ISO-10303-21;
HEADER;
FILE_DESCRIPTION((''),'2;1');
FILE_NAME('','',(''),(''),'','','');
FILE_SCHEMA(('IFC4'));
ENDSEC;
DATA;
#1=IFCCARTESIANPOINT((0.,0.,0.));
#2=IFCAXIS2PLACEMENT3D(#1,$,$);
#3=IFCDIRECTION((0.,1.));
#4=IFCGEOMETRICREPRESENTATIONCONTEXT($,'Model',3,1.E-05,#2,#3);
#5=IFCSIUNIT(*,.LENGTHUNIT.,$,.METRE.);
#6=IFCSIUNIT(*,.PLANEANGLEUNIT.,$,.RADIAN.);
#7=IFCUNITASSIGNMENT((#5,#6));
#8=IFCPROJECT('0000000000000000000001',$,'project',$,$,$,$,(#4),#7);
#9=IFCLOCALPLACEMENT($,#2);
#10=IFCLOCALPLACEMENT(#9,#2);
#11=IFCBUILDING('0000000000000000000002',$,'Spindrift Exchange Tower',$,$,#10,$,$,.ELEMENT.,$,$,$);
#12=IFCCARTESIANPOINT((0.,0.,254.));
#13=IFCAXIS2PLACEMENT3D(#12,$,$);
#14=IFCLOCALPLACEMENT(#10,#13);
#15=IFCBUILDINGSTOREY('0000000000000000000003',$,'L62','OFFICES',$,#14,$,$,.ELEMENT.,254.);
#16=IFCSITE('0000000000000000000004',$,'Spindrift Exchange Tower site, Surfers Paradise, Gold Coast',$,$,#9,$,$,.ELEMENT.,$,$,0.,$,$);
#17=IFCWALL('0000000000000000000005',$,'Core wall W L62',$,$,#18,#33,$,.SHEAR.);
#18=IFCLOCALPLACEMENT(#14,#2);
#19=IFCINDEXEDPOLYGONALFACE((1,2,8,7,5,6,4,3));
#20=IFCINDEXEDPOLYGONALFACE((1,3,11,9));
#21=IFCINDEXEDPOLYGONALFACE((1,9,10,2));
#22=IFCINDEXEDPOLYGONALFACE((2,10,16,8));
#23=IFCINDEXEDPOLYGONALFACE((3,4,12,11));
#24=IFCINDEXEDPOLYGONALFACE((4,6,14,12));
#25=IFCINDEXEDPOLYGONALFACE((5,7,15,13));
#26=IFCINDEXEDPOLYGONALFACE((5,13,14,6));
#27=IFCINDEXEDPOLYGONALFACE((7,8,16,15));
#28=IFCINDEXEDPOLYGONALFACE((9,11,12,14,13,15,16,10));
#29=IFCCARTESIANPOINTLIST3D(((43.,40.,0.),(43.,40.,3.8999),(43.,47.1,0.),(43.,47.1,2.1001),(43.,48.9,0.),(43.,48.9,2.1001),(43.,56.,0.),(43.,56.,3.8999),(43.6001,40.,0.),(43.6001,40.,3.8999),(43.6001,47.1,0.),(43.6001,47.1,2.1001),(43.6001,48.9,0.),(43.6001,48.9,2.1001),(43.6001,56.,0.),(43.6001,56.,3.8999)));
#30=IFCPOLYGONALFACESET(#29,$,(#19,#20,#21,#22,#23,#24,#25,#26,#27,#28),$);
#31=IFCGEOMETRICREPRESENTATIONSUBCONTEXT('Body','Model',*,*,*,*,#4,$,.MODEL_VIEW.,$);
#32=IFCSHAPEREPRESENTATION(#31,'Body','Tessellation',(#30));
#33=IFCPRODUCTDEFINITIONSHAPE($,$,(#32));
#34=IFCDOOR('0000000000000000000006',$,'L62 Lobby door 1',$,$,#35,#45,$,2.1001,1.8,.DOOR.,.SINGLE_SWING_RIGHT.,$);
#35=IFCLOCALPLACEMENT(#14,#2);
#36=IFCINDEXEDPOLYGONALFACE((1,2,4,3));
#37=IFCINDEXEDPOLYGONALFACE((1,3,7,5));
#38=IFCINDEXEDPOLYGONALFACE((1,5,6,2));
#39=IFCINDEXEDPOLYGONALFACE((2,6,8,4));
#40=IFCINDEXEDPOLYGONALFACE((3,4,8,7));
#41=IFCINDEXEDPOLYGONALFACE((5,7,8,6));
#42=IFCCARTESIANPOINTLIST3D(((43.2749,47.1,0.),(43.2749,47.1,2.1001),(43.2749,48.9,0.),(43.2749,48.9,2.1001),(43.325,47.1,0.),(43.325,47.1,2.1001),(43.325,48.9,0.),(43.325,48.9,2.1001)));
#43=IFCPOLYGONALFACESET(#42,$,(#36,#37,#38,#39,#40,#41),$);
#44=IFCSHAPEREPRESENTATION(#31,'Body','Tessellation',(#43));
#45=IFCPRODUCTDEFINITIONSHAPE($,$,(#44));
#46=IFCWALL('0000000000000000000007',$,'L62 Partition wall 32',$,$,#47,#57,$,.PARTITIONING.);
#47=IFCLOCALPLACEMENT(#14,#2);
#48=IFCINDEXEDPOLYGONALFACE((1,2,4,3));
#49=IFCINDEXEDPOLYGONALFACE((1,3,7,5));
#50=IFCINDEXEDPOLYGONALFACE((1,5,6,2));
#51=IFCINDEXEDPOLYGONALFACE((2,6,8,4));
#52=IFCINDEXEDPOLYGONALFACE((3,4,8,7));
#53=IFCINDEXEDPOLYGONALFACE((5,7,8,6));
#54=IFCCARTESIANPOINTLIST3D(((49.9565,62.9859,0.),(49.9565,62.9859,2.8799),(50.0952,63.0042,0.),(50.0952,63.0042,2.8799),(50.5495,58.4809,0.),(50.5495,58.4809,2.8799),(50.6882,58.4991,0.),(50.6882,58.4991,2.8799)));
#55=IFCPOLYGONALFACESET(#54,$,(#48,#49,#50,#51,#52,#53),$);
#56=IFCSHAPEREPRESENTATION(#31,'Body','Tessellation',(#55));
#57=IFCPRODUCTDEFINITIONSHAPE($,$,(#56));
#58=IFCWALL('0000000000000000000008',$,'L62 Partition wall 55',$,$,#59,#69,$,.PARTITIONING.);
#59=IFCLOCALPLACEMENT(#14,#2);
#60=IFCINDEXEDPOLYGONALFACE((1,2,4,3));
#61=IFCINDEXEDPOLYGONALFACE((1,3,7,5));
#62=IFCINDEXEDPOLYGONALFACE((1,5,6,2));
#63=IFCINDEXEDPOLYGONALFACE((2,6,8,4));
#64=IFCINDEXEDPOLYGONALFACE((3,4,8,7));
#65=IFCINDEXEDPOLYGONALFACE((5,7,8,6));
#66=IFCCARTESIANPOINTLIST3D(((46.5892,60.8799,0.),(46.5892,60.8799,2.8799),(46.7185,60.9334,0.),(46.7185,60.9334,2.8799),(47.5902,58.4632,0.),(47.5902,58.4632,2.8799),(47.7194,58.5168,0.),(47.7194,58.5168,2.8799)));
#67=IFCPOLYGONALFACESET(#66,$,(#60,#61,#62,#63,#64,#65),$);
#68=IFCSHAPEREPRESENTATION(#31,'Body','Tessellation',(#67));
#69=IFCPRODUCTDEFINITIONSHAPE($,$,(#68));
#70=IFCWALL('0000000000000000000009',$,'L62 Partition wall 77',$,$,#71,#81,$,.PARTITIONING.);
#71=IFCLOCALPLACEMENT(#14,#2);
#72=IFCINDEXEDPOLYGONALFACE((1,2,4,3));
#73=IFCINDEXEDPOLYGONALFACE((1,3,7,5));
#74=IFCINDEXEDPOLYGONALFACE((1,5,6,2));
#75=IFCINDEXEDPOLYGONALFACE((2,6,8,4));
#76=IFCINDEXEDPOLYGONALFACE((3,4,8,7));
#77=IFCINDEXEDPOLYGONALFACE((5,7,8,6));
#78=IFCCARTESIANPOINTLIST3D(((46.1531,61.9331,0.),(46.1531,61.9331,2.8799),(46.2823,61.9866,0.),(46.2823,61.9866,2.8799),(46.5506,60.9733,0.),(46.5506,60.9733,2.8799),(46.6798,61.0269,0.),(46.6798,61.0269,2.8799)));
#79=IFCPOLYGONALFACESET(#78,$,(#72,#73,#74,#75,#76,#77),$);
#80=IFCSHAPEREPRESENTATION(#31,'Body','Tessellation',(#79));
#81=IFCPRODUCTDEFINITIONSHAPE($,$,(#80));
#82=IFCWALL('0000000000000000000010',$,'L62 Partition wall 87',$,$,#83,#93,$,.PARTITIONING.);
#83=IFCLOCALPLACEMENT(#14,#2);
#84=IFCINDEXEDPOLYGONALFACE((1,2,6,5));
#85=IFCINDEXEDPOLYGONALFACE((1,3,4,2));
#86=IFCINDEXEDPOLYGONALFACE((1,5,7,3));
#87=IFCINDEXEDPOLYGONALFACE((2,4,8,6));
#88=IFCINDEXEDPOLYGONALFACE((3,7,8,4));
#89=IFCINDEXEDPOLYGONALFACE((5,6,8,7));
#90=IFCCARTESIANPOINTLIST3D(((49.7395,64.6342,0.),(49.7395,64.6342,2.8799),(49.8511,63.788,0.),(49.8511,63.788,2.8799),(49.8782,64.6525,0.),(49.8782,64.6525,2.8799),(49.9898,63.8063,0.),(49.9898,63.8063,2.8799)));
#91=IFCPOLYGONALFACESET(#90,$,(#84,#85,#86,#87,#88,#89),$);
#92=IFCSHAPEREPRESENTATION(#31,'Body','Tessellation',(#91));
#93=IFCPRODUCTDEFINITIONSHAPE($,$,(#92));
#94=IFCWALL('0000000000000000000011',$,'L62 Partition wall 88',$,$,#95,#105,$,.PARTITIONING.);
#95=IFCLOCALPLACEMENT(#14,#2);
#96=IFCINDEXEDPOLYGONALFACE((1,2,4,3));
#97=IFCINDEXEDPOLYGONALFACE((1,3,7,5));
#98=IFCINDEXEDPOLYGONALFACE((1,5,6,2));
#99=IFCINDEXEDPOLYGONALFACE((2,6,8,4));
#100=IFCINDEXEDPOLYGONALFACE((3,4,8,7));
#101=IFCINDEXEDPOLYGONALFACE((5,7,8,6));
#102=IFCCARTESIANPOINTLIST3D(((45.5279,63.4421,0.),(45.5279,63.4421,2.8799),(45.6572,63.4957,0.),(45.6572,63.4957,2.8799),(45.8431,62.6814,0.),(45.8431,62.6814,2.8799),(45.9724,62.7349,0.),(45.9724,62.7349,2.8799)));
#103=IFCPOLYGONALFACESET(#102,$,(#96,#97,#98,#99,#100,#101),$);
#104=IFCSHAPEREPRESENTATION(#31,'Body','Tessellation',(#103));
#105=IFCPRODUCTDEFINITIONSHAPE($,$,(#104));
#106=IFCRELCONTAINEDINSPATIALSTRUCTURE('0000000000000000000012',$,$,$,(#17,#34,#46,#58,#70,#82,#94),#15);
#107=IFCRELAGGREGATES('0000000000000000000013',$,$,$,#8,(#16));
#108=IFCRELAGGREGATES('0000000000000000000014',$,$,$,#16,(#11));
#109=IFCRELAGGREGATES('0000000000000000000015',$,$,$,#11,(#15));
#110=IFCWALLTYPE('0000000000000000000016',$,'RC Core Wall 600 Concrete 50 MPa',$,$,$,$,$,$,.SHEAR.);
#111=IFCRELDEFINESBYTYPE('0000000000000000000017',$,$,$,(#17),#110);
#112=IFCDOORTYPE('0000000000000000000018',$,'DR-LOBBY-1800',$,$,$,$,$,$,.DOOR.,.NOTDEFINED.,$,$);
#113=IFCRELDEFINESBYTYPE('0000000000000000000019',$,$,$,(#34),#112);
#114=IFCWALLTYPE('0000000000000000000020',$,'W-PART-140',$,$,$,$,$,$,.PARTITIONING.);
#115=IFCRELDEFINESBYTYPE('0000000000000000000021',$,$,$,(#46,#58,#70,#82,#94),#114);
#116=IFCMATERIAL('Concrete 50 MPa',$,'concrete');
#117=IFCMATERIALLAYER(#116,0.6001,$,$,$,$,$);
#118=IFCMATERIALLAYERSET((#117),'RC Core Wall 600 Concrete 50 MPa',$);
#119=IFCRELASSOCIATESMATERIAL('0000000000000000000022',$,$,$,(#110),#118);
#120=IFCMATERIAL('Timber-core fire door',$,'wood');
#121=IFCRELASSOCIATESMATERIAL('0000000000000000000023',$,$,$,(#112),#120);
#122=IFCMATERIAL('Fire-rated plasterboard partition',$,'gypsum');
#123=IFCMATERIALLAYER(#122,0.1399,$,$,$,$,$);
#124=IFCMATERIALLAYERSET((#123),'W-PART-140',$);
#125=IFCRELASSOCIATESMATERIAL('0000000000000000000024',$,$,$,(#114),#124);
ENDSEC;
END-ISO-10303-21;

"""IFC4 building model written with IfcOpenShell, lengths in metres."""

from ifc_helpers import new_model, si_unit, direction, frame, frame_2d, origin, place, context, subcontext, project, spatial, rectangle, extrude, source, transform, mapped, material, layer, layer_set, type_object, element, fill, save


model = new_model("IFC4")

# Units and contexts
model_context = context("Model", 3, precision=1e-05, world=origin(), true_north=direction((0.0, 1.0)))
body_context = subcontext(model_context, "Body", "Model", "MODEL_VIEW")
ifc_project = project(units=[si_unit("LENGTHUNIT", "METRE"), si_unit("PLANEANGLEUNIT", "RADIAN")], contexts=[model_context])

# Site, building, storey
site_placement = place(None, origin())
site = spatial("IfcSite", under=ifc_project, at=site_placement, Name="Spindrift Exchange Tower site, Surfers Paradise, Gold Coast", CompositionType="ELEMENT", RefElevation=0.0)
building_placement = place(site_placement, origin())
building = spatial("IfcBuilding", under=site, at=building_placement, Name="Spindrift Exchange Tower", CompositionType="ELEMENT")
storey_placement = place(building_placement, frame((0.0, 0.0, 254.0)))
storey = spatial("IfcBuildingStorey", under=building, at=storey_placement, Name="L62", Description="OFFICES", CompositionType="ELEMENT", Elevation=254.0)

# Wall, opening, door
ifc_material_1 = material(Name="Concrete 50 MPa", Category="concrete")
ifc_layer_1 = layer(ifc_material_1, 0.6001)
ifc_layer_set_1 = layer_set([ifc_layer_1], Name="RC Core Wall 600 Concrete 50 MPa")
wall_type_1 = type_object("IfcWallType", Name="RC Core Wall 600 Concrete 50 MPa", PredefinedType="SHEAR", material=ifc_layer_set_1)
wall_1_placement = place(storey_placement, frame((43.3, 56.0, 0.0), z_axis=(0.0, 0.0, 1.0), x_axis=(0.0, -1.0, 0.0)))
wall_1 = element("IfcWall", 1, at=wall_1_placement, inside=storey, type_object=wall_type_1, Name="Core wall W L62", PredefinedType="SHEAR", context=body_context, shape_type="SweptSolid", body=[
    extrude(rectangle(XDim=16.0, YDim=0.6001, at=frame_2d((8.0, 0.0))), origin(), (0.0, 0.0, 1.0), 3.8999),
])
opening_placement = place(wall_1_placement, frame((7.1001, 0.0, 0.0)))
opening = element("IfcOpeningElement", 2, at=opening_placement, cuts=wall_1, PredefinedType="OPENING", context=body_context, shape_type="SweptSolid", body=[
    extrude(rectangle(XDim=1.8, YDim=2.1001, at=frame_2d((0.8999, 1.05))), frame((0.0, 0.3101, 0.0), z_axis=(0.0, -1.0, 0.0), x_axis=(1.0, 0.0, 0.0)), (0.0, 0.0, 1.0), 0.6201),
])
ifc_material_2 = material(Name="Timber-core fire door", Category="wood")
door_type = type_object("IfcDoorType", Name="DR-LOBBY-1800", OperationType="NOTDEFINED", PredefinedType="DOOR", material=ifc_material_2)
shared_shape_1 = source(origin(), body_context, "Body", "SweptSolid", [
    extrude(rectangle(XDim=1.8, YDim=2.1001, at=frame_2d((0.8999, 1.05))), frame((0.0, 0.0249, 0.0), z_axis=(0.0, -1.0, 0.0), x_axis=(1.0, 0.0, 0.0)), (0.0, 0.0, 1.0), 0.05),
])
door_placement = place(opening_placement, origin())
door = element("IfcDoor", 3, at=door_placement, inside=storey, type_object=door_type, Name="L62 Lobby door 1", OperationType="SINGLE_SWING_RIGHT", OverallHeight=2.1001, OverallWidth=1.8, PredefinedType="DOOR", context=body_context, shape_type="MappedRepresentation", body=[
    mapped(shared_shape_1, transform((0.0, 0.0, 0.0), scale=1.0)),
])
fill(opening, door)

# Walls
ifc_material_3 = material(Name="Fire-rated plasterboard partition", Category="gypsum")
ifc_layer_2 = layer(ifc_material_3, 0.1399)
ifc_layer_set_2 = layer_set([ifc_layer_2], Name="W-PART-140")
wall_type_2 = type_object("IfcWallType", Name="W-PART-140", PredefinedType="PARTITIONING", material=ifc_layer_set_2)
wall_2_placement = place(storey_placement, frame((50.6189, 58.49, 0.0), z_axis=(0.0, 0.0, 1.0), x_axis=(-0.130506, 0.991448, 0.0)))
element("IfcWall", 4, at=wall_2_placement, inside=storey, type_object=wall_type_2, Name="L62 Partition wall 32", PredefinedType="PARTITIONING", context=body_context, shape_type="SweptSolid", body=[
    extrude(rectangle(XDim=4.5439, YDim=0.1399, at=frame_2d((2.272, 0.0))), origin(), (0.0, 0.0, 1.0), 2.8799),
])
wall_3_placement = place(storey_placement, frame((47.6548, 58.49, 0.0), z_axis=(0.0, 0.0, 1.0), x_axis=(-0.38266, 0.923889, 0.0)))
element("IfcWall", 5, at=wall_3_placement, inside=storey, type_object=wall_type_2, Name="L62 Partition wall 55", PredefinedType="PARTITIONING", context=body_context, shape_type="SweptSolid", body=[
    extrude(rectangle(XDim=2.6157, YDim=0.1399, at=frame_2d((1.3079, 0.0))), origin(), (0.0, 0.0, 1.0), 2.8799),
])
wall_4_placement = place(storey_placement, frame((46.6152, 61.0, 0.0), z_axis=(0.0, 0.0, 1.0), x_axis=(-0.382629, 0.923902, 0.0)))
element("IfcWall", 6, at=wall_4_placement, inside=storey, type_object=wall_type_2, Name="L62 Partition wall 77", PredefinedType="PARTITIONING", context=body_context, shape_type="SweptSolid", body=[
    extrude(rectangle(XDim=1.0388, YDim=0.1399, at=frame_2d((0.5195, 0.0))), origin(), (0.0, 0.0, 1.0), 2.8799),
])
wall_5_placement = place(storey_placement, frame((49.9204, 63.7971, 0.0), z_axis=(0.0, 0.0, 1.0), x_axis=(-0.130721, 0.991419, 0.0)))
element("IfcWall", 7, at=wall_5_placement, inside=storey, type_object=wall_type_2, Name="L62 Partition wall 87", PredefinedType="PARTITIONING", context=body_context, shape_type="SweptSolid", body=[
    extrude(rectangle(XDim=0.8535, YDim=0.1399, at=frame_2d((0.4268, 0.0))), origin(), (0.0, 0.0, 1.0), 2.8799),
])
wall_6_placement = place(storey_placement, frame((45.9077, 62.7083, 0.0), z_axis=(0.0, 0.0, 1.0), x_axis=(-0.382762, 0.923847, 0.0)))
element("IfcWall", 8, at=wall_6_placement, inside=storey, type_object=wall_type_2, Name="L62 Partition wall 88", PredefinedType="PARTITIONING", context=body_context, shape_type="SweptSolid", body=[
    extrude(rectangle(XDim=0.8235, YDim=0.1399, at=frame_2d((0.4116, 0.0))), origin(), (0.0, 0.0, 1.0), 2.8799),
])

save(model, "model.ifc")
